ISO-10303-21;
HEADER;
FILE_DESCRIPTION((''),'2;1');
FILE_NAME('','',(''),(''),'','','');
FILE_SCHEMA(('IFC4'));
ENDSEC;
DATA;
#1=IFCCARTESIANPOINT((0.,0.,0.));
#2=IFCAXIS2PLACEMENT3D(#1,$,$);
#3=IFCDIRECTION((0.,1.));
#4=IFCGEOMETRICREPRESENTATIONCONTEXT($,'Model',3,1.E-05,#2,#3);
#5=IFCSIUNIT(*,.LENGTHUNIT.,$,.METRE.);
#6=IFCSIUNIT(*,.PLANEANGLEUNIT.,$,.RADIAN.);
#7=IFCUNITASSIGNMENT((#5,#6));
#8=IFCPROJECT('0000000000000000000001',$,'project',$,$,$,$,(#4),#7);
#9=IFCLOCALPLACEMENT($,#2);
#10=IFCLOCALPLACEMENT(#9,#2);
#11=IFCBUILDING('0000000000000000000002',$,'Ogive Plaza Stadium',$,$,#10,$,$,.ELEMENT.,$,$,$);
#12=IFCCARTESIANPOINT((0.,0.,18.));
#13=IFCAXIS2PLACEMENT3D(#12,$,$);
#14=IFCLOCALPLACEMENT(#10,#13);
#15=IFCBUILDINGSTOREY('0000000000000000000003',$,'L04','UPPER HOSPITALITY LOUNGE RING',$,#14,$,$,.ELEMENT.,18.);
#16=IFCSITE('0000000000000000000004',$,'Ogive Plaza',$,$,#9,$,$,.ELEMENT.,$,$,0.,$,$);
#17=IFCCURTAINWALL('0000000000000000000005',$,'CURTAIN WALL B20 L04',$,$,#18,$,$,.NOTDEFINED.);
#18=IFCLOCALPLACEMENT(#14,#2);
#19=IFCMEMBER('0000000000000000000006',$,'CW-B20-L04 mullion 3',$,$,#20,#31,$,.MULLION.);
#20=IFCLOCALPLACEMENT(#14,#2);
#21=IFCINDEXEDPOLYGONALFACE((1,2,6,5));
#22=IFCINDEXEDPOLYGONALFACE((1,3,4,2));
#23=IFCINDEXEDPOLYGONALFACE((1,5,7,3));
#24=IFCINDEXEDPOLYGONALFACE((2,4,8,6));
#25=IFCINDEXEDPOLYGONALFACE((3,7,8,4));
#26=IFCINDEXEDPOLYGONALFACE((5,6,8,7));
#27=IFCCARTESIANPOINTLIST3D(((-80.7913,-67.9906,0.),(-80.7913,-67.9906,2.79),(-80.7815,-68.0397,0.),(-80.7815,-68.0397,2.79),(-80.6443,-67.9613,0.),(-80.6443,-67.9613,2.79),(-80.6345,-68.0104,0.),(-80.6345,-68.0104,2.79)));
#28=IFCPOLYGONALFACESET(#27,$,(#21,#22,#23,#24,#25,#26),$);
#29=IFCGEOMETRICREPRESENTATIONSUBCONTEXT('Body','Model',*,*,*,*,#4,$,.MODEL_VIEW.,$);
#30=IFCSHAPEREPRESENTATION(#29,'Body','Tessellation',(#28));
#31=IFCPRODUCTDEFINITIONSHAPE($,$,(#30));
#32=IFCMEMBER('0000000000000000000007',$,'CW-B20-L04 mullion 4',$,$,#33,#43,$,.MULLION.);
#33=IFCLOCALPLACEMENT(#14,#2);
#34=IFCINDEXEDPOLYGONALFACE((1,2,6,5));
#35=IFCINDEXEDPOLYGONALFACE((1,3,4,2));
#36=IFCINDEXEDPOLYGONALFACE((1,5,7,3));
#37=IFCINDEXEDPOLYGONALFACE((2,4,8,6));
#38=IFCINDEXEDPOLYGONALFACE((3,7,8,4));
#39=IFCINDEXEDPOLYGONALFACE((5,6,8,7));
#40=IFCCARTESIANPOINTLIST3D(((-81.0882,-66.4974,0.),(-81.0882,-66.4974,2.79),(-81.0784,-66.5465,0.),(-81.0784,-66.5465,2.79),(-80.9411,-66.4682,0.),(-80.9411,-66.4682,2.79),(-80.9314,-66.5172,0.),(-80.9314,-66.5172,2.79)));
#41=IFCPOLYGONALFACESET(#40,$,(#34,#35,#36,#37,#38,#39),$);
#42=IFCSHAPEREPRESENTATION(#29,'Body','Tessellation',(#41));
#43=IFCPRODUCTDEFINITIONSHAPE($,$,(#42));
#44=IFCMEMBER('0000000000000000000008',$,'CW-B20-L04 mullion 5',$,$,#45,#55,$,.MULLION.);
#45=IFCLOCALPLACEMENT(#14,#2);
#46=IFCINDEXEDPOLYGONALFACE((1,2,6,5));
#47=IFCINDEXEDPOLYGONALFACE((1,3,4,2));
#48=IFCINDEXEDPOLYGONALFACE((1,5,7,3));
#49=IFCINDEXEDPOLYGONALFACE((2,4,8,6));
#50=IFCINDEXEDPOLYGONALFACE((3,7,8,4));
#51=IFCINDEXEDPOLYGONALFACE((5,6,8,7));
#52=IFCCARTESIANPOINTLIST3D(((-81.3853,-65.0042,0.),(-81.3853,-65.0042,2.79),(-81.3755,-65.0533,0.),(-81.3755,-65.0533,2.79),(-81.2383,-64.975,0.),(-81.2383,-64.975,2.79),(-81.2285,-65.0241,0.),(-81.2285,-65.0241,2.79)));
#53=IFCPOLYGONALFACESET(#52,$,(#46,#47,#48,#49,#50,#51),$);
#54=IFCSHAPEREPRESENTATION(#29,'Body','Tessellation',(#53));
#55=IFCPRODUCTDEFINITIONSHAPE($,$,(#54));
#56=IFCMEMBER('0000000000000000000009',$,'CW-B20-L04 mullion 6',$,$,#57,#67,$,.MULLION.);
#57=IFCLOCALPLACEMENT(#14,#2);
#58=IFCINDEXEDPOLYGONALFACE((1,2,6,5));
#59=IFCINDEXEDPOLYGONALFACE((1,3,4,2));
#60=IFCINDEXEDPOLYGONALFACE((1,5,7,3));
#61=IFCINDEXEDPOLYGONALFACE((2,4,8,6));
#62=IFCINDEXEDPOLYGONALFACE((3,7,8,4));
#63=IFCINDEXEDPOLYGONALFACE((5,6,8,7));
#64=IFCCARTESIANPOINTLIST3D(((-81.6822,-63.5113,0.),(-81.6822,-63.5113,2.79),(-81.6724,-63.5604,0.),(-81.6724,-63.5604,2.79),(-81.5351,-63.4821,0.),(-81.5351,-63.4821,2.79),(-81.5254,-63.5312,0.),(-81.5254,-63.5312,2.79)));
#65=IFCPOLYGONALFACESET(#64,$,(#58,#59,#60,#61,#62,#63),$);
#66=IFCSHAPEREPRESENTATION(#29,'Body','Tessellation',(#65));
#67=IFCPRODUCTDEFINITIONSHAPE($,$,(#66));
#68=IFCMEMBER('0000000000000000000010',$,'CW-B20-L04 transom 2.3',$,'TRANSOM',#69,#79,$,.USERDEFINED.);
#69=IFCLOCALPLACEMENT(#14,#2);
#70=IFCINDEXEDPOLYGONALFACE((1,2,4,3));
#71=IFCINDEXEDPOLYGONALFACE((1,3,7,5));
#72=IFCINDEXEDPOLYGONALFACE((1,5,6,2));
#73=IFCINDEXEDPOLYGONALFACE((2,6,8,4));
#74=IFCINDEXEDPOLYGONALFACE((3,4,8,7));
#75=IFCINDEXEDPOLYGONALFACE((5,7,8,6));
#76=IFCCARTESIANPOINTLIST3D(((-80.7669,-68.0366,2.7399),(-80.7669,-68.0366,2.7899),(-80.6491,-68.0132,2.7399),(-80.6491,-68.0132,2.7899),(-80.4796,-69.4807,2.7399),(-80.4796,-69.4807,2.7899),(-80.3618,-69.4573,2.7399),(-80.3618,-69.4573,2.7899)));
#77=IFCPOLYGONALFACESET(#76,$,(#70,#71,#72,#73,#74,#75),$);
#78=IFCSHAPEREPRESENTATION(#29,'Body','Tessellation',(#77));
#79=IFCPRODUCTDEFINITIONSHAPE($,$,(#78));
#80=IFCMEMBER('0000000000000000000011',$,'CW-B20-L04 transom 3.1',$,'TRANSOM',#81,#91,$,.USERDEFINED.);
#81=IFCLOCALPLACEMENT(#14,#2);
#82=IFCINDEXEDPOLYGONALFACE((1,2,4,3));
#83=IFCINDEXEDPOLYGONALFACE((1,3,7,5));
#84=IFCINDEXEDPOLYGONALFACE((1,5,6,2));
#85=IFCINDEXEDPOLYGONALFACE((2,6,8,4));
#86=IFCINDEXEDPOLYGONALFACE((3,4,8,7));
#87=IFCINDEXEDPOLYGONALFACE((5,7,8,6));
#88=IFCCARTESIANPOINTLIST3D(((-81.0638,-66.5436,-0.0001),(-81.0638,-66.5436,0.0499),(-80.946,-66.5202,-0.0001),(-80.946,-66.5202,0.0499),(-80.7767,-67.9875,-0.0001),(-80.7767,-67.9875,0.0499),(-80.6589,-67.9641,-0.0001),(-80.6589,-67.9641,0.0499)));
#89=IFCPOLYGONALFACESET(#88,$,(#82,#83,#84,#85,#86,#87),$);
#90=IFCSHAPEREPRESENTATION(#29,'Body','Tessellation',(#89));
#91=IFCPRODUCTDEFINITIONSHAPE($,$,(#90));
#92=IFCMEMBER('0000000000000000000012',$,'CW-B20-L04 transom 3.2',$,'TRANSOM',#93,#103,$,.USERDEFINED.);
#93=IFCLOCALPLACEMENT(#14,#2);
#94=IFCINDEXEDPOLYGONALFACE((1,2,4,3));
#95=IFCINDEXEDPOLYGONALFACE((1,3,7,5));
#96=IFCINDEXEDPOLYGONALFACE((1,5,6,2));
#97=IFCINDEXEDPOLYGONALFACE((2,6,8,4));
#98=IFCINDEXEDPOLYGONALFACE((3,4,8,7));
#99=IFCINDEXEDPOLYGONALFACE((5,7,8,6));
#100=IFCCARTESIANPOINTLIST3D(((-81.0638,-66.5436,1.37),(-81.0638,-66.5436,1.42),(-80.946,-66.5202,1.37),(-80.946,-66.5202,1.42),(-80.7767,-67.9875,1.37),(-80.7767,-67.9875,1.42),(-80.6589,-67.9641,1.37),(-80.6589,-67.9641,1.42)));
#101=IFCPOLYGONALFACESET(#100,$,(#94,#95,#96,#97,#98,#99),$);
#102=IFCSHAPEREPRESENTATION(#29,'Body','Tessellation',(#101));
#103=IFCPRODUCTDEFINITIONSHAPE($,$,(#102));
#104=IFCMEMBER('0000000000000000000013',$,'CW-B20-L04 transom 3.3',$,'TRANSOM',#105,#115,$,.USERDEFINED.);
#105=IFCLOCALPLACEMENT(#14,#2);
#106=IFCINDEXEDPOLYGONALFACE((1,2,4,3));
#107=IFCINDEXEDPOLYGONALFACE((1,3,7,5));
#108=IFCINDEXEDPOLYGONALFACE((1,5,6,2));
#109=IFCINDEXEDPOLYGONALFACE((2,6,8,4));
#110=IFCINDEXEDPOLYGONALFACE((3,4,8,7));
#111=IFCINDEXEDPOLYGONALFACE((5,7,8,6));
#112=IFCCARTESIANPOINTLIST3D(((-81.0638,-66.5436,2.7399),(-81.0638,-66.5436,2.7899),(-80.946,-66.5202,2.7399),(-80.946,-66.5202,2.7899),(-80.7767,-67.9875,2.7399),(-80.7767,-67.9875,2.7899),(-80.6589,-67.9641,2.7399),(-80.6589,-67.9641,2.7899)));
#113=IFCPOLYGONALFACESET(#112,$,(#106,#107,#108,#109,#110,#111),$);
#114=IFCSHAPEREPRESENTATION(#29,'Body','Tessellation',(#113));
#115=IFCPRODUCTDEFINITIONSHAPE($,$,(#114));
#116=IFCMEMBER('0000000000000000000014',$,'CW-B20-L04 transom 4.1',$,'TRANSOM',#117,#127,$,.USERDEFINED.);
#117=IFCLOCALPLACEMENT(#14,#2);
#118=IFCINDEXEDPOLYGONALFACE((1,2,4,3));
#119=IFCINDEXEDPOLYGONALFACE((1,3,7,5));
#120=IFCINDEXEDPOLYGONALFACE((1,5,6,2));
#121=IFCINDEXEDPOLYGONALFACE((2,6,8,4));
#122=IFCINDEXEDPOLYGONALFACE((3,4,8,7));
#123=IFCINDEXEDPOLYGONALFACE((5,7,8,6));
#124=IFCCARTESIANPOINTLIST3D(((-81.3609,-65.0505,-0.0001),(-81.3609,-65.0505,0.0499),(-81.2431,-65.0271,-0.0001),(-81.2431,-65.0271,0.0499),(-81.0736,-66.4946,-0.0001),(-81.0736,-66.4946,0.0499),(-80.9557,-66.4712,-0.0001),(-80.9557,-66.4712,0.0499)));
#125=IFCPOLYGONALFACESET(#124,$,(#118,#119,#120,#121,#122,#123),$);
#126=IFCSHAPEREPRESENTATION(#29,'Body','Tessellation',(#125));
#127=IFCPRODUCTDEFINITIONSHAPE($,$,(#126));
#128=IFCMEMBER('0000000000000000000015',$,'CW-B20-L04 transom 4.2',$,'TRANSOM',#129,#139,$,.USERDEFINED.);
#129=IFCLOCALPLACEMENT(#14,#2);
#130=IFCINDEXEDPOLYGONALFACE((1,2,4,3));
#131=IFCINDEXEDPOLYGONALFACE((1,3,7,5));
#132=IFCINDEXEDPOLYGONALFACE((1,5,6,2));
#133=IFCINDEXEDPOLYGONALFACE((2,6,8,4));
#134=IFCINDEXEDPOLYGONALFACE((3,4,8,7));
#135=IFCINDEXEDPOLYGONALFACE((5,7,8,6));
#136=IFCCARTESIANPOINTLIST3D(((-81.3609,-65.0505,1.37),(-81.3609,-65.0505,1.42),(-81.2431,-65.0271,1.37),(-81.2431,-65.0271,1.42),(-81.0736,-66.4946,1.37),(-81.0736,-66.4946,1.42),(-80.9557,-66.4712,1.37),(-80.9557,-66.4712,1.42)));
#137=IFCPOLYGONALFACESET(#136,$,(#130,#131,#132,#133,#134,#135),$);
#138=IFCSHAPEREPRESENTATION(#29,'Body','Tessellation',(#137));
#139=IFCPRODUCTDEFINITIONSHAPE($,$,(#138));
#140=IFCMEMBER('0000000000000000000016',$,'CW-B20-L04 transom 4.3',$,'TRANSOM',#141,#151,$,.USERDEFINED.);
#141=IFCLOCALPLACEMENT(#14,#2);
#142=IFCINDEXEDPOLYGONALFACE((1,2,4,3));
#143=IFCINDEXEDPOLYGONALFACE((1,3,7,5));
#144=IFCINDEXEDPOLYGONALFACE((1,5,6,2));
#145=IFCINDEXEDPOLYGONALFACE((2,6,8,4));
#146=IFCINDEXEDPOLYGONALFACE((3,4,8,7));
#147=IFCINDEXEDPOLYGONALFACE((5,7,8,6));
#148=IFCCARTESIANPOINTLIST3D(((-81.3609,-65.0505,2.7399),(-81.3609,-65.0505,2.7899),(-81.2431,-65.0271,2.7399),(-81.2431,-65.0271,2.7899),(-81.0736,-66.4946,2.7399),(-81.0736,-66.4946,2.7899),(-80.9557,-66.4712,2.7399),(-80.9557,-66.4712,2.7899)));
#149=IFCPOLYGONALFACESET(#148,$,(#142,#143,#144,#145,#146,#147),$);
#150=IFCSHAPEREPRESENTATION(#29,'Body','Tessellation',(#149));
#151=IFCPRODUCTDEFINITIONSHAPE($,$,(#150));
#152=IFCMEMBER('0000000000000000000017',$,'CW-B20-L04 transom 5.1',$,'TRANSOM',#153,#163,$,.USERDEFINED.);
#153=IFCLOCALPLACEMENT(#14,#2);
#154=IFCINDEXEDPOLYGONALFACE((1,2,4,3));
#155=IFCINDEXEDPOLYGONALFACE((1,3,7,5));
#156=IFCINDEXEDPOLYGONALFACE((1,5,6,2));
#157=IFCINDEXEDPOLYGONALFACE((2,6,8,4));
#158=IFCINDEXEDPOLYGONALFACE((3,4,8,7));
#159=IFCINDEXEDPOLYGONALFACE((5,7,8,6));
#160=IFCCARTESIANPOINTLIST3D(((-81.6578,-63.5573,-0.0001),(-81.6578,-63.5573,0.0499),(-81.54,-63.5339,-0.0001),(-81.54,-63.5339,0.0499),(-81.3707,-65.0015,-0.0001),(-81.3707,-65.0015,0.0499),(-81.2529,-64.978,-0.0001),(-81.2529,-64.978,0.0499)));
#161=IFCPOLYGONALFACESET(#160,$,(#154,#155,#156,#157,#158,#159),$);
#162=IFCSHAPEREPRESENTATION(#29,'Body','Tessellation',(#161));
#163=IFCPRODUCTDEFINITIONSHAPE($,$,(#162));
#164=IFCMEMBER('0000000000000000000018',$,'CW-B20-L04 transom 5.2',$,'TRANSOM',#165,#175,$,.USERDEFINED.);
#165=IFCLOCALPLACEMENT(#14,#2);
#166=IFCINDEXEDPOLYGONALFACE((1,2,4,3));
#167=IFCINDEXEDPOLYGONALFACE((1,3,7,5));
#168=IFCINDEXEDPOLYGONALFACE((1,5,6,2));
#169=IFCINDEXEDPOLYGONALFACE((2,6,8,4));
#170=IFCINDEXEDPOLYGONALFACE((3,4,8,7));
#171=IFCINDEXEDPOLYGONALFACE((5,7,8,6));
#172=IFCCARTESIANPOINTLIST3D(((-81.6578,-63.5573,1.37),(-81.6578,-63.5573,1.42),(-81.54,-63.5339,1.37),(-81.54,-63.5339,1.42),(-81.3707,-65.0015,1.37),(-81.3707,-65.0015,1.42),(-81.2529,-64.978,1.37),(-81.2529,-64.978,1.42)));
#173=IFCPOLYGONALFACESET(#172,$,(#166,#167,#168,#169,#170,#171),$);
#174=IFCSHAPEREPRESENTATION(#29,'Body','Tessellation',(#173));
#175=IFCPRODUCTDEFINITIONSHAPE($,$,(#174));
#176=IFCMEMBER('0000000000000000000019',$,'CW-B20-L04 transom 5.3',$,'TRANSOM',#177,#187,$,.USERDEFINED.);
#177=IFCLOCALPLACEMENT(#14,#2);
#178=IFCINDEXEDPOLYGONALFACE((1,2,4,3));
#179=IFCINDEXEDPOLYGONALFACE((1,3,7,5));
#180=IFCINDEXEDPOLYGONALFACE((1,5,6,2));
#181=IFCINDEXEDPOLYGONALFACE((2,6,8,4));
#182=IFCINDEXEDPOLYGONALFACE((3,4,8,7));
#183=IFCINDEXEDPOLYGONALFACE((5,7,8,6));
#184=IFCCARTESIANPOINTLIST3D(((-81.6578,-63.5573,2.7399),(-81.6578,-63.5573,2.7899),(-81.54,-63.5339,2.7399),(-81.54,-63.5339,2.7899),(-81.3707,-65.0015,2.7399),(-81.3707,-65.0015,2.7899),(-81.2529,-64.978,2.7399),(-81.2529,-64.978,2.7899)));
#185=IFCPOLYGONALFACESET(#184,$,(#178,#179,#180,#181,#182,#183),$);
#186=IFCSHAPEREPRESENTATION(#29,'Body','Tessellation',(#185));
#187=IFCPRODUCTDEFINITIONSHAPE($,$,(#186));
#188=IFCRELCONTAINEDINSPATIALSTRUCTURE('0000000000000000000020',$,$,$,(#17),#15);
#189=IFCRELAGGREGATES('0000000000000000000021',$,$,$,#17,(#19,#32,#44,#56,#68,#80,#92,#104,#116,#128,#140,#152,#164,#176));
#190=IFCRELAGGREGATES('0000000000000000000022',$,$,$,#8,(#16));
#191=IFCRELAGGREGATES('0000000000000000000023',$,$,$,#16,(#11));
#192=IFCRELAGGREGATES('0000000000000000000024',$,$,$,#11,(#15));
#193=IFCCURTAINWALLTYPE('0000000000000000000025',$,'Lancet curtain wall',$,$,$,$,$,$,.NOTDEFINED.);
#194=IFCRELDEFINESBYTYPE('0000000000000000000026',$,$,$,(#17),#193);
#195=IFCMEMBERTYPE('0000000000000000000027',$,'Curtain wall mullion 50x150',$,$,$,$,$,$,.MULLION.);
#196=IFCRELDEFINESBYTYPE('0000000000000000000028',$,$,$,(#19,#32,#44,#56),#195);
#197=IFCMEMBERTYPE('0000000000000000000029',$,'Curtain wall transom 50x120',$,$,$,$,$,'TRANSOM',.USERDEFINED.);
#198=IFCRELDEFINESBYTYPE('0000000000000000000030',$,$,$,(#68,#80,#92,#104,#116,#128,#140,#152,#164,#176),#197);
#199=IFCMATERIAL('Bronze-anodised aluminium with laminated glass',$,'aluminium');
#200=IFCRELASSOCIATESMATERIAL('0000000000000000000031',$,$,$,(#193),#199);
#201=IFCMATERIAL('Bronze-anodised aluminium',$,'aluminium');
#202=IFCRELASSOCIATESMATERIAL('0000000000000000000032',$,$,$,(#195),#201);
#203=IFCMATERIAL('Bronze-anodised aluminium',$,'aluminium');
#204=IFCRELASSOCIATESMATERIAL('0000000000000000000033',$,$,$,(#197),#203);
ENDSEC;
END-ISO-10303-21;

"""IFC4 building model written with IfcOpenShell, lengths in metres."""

from ifc_helpers import new_model, si_unit, direction, frame, origin, origin_2d, place, context, subcontext, project, spatial, rectangle, extrude, material, material_profile, profile_set, type_object, element, aggregate, save


model = new_model("IFC4")

# Units and contexts
model_context = context("Model", 3, precision=1e-05, world=origin(), true_north=direction((0.0, 1.0)))
body_context = subcontext(model_context, "Body", "Model", "MODEL_VIEW")
ifc_project = project(units=[si_unit("LENGTHUNIT", "METRE"), si_unit("PLANEANGLEUNIT", "RADIAN")], contexts=[model_context])

# Site, building, storey
site_placement = place(None, origin())
site = spatial("IfcSite", under=ifc_project, at=site_placement, Name="Ogive Plaza", CompositionType="ELEMENT", RefElevation=0.0)
building_placement = place(site_placement, origin())
building = spatial("IfcBuilding", under=site, at=building_placement, Name="Ogive Plaza Stadium", CompositionType="ELEMENT")
storey_placement = place(building_placement, frame((0.0, 0.0, 18.0)))
storey = spatial("IfcBuildingStorey", under=building, at=storey_placement, Name="L04", Description="UPPER HOSPITALITY LOUNGE RING", CompositionType="ELEMENT", Elevation=18.0)

# Curtain wall, members
ifc_material_1 = material(Name="Bronze-anodised aluminium with laminated glass", Category="aluminium")
curtain_wall_type = type_object("IfcCurtainWallType", Name="Lancet curtain wall", PredefinedType="NOTDEFINED", material=ifc_material_1)
curtain_wall_placement = place(storey_placement, origin())
curtain_wall = element("IfcCurtainWall", 1, at=curtain_wall_placement, inside=storey, type_object=curtain_wall_type, Name="CURTAIN WALL B20 L04", PredefinedType="NOTDEFINED")
ifc_material_2 = material(Name="Bronze-anodised aluminium", Category="aluminium")
ifc_material_profile_1 = material_profile(ifc_material_2, rectangle(XDim=0.1499, YDim=0.05, at=origin_2d()), Name="AL 150x50")
ifc_profile_set_1 = profile_set([ifc_material_profile_1], Name="Bronze-anodised aluminium")
member_type_1 = type_object("IfcMemberType", Name="Curtain wall mullion 50x150", PredefinedType="MULLION", material=ifc_profile_set_1)
member_1_placement = place(storey_placement, frame((-80.7129, -68.0005, 0.0), z_axis=(0.0, 0.0, 1.0), x_axis=(-0.980785, -0.19509, 0.0)))
member_1 = element("IfcMember", 2, at=member_1_placement, type_object=member_type_1, Name="CW-B20-L04 mullion 3", PredefinedType="MULLION", context=body_context, shape_type="SweptSolid", body=[
    extrude(rectangle(XDim=0.1499, YDim=0.05, at=origin_2d()), origin(), (0.0, 0.0, 1.0), 2.79),
])
member_2_placement = place(storey_placement, frame((-81.0098, -66.5073, 0.0), z_axis=(0.0, 0.0, 1.0), x_axis=(-0.980785, -0.19509, 0.0)))
member_2 = element("IfcMember", 3, at=member_2_placement, type_object=member_type_1, Name="CW-B20-L04 mullion 4", PredefinedType="MULLION", context=body_context, shape_type="SweptSolid", body=[
    extrude(rectangle(XDim=0.1499, YDim=0.05, at=origin_2d()), origin(), (0.0, 0.0, 1.0), 2.79),
])
member_3_placement = place(storey_placement, frame((-81.3069, -65.0142, 0.0), z_axis=(0.0, 0.0, 1.0), x_axis=(-0.980785, -0.19509, 0.0)))
member_3 = element("IfcMember", 4, at=member_3_placement, type_object=member_type_1, Name="CW-B20-L04 mullion 5", PredefinedType="MULLION", context=body_context, shape_type="SweptSolid", body=[
    extrude(rectangle(XDim=0.1499, YDim=0.05, at=origin_2d()), origin(), (0.0, 0.0, 1.0), 2.79),
])
member_4_placement = place(storey_placement, frame((-81.6038, -63.5212, 0.0), z_axis=(0.0, 0.0, 1.0), x_axis=(-0.980785, -0.19509, 0.0)))
member_4 = element("IfcMember", 5, at=member_4_placement, type_object=member_type_1, Name="CW-B20-L04 mullion 6", PredefinedType="MULLION", context=body_context, shape_type="SweptSolid", body=[
    extrude(rectangle(XDim=0.1499, YDim=0.05, at=origin_2d()), origin(), (0.0, 0.0, 1.0), 2.79),
])
ifc_material_3 = material(Name="Bronze-anodised aluminium", Category="aluminium")
ifc_material_profile_2 = material_profile(ifc_material_3, rectangle(XDim=0.1201, YDim=0.05, at=origin_2d()), Name="AL 120x50")
ifc_profile_set_2 = profile_set([ifc_material_profile_2], Name="Bronze-anodised aluminium")
member_type_2 = type_object("IfcMemberType", Name="Curtain wall transom 50x120", ElementType="TRANSOM", PredefinedType="USERDEFINED", material=ifc_profile_set_2)
member_5_placement = place(storey_placement, frame((-80.4207, -69.469, 2.7649), z_axis=(-0.195159, 0.980772, 0.0), x_axis=(-0.980772, -0.195159, 0.0)))
member_5 = element("IfcMember", 6, at=member_5_placement, type_object=member_type_2, Name="CW-B20-L04 transom 2.3", ObjectType="TRANSOM", PredefinedType="USERDEFINED", context=body_context, shape_type="SweptSolid", body=[
    extrude(rectangle(XDim=0.1201, YDim=0.05, at=origin_2d()), origin(), (0.0, 0.0, 1.0), 1.4724),
])
member_6_placement = place(storey_placement, frame((-80.7178, -67.9758, 0.0249), z_axis=(-0.195032, 0.980797, 0.0), x_axis=(-0.980797, -0.195032, 0.0)))
member_6 = element("IfcMember", 7, at=member_6_placement, type_object=member_type_2, Name="CW-B20-L04 transom 3.1", ObjectType="TRANSOM", PredefinedType="USERDEFINED", context=body_context, shape_type="SweptSolid", body=[
    extrude(rectangle(XDim=0.1201, YDim=0.05, at=origin_2d()), origin(), (0.0, 0.0, 1.0), 1.4722),
])
member_7_placement = place(storey_placement, frame((-80.7178, -67.9758, 1.395), z_axis=(-0.195032, 0.980797, 0.0), x_axis=(-0.980797, -0.195032, 0.0)))
member_7 = element("IfcMember", 8, at=member_7_placement, type_object=member_type_2, Name="CW-B20-L04 transom 3.2", ObjectType="TRANSOM", PredefinedType="USERDEFINED", context=body_context, shape_type="SweptSolid", body=[
    extrude(rectangle(XDim=0.1201, YDim=0.05, at=origin_2d()), origin(), (0.0, 0.0, 1.0), 1.4722),
])
member_8_placement = place(storey_placement, frame((-80.7178, -67.9758, 2.7649), z_axis=(-0.195032, 0.980797, 0.0), x_axis=(-0.980797, -0.195032, 0.0)))
member_8 = element("IfcMember", 9, at=member_8_placement, type_object=member_type_2, Name="CW-B20-L04 transom 3.3", ObjectType="TRANSOM", PredefinedType="USERDEFINED", context=body_context, shape_type="SweptSolid", body=[
    extrude(rectangle(XDim=0.1201, YDim=0.05, at=origin_2d()), origin(), (0.0, 0.0, 1.0), 1.4722),
])
member_9_placement = place(storey_placement, frame((-81.0146, -66.4829, 0.0249), z_axis=(-0.195159, 0.980772, 0.0), x_axis=(-0.980772, -0.195159, 0.0)))
member_9 = element("IfcMember", 10, at=member_9_placement, type_object=member_type_2, Name="CW-B20-L04 transom 4.1", ObjectType="TRANSOM", PredefinedType="USERDEFINED", context=body_context, shape_type="SweptSolid", body=[
    extrude(rectangle(XDim=0.1201, YDim=0.05, at=origin_2d()), origin(), (0.0, 0.0, 1.0), 1.4724),
])
member_10_placement = place(storey_placement, frame((-81.0146, -66.4829, 1.395), z_axis=(-0.195159, 0.980772, 0.0), x_axis=(-0.980772, -0.195159, 0.0)))
member_10 = element("IfcMember", 11, at=member_10_placement, type_object=member_type_2, Name="CW-B20-L04 transom 4.2", ObjectType="TRANSOM", PredefinedType="USERDEFINED", context=body_context, shape_type="SweptSolid", body=[
    extrude(rectangle(XDim=0.1201, YDim=0.05, at=origin_2d()), origin(), (0.0, 0.0, 1.0), 1.4724),
])
member_11_placement = place(storey_placement, frame((-81.0146, -66.4829, 2.7649), z_axis=(-0.195159, 0.980772, 0.0), x_axis=(-0.980772, -0.195159, 0.0)))
member_11 = element("IfcMember", 12, at=member_11_placement, type_object=member_type_2, Name="CW-B20-L04 transom 4.3", ObjectType="TRANSOM", PredefinedType="USERDEFINED", context=body_context, shape_type="SweptSolid", body=[
    extrude(rectangle(XDim=0.1201, YDim=0.05, at=origin_2d()), origin(), (0.0, 0.0, 1.0), 1.4724),
])
member_12_placement = place(storey_placement, frame((-81.3118, -64.9897, 0.0249), z_axis=(-0.195, 0.980803, 0.0), x_axis=(-0.980803, -0.195, 0.0)))
member_12 = element("IfcMember", 13, at=member_12_placement, type_object=member_type_2, Name="CW-B20-L04 transom 5.1", ObjectType="TRANSOM", PredefinedType="USERDEFINED", context=body_context, shape_type="SweptSolid", body=[
    extrude(rectangle(XDim=0.1201, YDim=0.05, at=origin_2d()), origin(), (0.0, 0.0, 1.0), 1.4724),
])
member_13_placement = place(storey_placement, frame((-81.3118, -64.9897, 1.395), z_axis=(-0.195, 0.980803, 0.0), x_axis=(-0.980803, -0.195, 0.0)))
member_13 = element("IfcMember", 14, at=member_13_placement, type_object=member_type_2, Name="CW-B20-L04 transom 5.2", ObjectType="TRANSOM", PredefinedType="USERDEFINED", context=body_context, shape_type="SweptSolid", body=[
    extrude(rectangle(XDim=0.1201, YDim=0.05, at=origin_2d()), origin(), (0.0, 0.0, 1.0), 1.4724),
])
member_14_placement = place(storey_placement, frame((-81.3118, -64.9897, 2.7649), z_axis=(-0.195, 0.980803, 0.0), x_axis=(-0.980803, -0.195, 0.0)))
member_14 = element("IfcMember", 15, at=member_14_placement, type_object=member_type_2, Name="CW-B20-L04 transom 5.3", ObjectType="TRANSOM", PredefinedType="USERDEFINED", context=body_context, shape_type="SweptSolid", body=[
    extrude(rectangle(XDim=0.1201, YDim=0.05, at=origin_2d()), origin(), (0.0, 0.0, 1.0), 1.4724),
])
aggregate(curtain_wall, [member_1, member_2, member_3, member_4, member_5, member_6, member_7, member_8, member_9, member_10, member_11, member_12, member_13, member_14])

save(model, "model.ifc")
